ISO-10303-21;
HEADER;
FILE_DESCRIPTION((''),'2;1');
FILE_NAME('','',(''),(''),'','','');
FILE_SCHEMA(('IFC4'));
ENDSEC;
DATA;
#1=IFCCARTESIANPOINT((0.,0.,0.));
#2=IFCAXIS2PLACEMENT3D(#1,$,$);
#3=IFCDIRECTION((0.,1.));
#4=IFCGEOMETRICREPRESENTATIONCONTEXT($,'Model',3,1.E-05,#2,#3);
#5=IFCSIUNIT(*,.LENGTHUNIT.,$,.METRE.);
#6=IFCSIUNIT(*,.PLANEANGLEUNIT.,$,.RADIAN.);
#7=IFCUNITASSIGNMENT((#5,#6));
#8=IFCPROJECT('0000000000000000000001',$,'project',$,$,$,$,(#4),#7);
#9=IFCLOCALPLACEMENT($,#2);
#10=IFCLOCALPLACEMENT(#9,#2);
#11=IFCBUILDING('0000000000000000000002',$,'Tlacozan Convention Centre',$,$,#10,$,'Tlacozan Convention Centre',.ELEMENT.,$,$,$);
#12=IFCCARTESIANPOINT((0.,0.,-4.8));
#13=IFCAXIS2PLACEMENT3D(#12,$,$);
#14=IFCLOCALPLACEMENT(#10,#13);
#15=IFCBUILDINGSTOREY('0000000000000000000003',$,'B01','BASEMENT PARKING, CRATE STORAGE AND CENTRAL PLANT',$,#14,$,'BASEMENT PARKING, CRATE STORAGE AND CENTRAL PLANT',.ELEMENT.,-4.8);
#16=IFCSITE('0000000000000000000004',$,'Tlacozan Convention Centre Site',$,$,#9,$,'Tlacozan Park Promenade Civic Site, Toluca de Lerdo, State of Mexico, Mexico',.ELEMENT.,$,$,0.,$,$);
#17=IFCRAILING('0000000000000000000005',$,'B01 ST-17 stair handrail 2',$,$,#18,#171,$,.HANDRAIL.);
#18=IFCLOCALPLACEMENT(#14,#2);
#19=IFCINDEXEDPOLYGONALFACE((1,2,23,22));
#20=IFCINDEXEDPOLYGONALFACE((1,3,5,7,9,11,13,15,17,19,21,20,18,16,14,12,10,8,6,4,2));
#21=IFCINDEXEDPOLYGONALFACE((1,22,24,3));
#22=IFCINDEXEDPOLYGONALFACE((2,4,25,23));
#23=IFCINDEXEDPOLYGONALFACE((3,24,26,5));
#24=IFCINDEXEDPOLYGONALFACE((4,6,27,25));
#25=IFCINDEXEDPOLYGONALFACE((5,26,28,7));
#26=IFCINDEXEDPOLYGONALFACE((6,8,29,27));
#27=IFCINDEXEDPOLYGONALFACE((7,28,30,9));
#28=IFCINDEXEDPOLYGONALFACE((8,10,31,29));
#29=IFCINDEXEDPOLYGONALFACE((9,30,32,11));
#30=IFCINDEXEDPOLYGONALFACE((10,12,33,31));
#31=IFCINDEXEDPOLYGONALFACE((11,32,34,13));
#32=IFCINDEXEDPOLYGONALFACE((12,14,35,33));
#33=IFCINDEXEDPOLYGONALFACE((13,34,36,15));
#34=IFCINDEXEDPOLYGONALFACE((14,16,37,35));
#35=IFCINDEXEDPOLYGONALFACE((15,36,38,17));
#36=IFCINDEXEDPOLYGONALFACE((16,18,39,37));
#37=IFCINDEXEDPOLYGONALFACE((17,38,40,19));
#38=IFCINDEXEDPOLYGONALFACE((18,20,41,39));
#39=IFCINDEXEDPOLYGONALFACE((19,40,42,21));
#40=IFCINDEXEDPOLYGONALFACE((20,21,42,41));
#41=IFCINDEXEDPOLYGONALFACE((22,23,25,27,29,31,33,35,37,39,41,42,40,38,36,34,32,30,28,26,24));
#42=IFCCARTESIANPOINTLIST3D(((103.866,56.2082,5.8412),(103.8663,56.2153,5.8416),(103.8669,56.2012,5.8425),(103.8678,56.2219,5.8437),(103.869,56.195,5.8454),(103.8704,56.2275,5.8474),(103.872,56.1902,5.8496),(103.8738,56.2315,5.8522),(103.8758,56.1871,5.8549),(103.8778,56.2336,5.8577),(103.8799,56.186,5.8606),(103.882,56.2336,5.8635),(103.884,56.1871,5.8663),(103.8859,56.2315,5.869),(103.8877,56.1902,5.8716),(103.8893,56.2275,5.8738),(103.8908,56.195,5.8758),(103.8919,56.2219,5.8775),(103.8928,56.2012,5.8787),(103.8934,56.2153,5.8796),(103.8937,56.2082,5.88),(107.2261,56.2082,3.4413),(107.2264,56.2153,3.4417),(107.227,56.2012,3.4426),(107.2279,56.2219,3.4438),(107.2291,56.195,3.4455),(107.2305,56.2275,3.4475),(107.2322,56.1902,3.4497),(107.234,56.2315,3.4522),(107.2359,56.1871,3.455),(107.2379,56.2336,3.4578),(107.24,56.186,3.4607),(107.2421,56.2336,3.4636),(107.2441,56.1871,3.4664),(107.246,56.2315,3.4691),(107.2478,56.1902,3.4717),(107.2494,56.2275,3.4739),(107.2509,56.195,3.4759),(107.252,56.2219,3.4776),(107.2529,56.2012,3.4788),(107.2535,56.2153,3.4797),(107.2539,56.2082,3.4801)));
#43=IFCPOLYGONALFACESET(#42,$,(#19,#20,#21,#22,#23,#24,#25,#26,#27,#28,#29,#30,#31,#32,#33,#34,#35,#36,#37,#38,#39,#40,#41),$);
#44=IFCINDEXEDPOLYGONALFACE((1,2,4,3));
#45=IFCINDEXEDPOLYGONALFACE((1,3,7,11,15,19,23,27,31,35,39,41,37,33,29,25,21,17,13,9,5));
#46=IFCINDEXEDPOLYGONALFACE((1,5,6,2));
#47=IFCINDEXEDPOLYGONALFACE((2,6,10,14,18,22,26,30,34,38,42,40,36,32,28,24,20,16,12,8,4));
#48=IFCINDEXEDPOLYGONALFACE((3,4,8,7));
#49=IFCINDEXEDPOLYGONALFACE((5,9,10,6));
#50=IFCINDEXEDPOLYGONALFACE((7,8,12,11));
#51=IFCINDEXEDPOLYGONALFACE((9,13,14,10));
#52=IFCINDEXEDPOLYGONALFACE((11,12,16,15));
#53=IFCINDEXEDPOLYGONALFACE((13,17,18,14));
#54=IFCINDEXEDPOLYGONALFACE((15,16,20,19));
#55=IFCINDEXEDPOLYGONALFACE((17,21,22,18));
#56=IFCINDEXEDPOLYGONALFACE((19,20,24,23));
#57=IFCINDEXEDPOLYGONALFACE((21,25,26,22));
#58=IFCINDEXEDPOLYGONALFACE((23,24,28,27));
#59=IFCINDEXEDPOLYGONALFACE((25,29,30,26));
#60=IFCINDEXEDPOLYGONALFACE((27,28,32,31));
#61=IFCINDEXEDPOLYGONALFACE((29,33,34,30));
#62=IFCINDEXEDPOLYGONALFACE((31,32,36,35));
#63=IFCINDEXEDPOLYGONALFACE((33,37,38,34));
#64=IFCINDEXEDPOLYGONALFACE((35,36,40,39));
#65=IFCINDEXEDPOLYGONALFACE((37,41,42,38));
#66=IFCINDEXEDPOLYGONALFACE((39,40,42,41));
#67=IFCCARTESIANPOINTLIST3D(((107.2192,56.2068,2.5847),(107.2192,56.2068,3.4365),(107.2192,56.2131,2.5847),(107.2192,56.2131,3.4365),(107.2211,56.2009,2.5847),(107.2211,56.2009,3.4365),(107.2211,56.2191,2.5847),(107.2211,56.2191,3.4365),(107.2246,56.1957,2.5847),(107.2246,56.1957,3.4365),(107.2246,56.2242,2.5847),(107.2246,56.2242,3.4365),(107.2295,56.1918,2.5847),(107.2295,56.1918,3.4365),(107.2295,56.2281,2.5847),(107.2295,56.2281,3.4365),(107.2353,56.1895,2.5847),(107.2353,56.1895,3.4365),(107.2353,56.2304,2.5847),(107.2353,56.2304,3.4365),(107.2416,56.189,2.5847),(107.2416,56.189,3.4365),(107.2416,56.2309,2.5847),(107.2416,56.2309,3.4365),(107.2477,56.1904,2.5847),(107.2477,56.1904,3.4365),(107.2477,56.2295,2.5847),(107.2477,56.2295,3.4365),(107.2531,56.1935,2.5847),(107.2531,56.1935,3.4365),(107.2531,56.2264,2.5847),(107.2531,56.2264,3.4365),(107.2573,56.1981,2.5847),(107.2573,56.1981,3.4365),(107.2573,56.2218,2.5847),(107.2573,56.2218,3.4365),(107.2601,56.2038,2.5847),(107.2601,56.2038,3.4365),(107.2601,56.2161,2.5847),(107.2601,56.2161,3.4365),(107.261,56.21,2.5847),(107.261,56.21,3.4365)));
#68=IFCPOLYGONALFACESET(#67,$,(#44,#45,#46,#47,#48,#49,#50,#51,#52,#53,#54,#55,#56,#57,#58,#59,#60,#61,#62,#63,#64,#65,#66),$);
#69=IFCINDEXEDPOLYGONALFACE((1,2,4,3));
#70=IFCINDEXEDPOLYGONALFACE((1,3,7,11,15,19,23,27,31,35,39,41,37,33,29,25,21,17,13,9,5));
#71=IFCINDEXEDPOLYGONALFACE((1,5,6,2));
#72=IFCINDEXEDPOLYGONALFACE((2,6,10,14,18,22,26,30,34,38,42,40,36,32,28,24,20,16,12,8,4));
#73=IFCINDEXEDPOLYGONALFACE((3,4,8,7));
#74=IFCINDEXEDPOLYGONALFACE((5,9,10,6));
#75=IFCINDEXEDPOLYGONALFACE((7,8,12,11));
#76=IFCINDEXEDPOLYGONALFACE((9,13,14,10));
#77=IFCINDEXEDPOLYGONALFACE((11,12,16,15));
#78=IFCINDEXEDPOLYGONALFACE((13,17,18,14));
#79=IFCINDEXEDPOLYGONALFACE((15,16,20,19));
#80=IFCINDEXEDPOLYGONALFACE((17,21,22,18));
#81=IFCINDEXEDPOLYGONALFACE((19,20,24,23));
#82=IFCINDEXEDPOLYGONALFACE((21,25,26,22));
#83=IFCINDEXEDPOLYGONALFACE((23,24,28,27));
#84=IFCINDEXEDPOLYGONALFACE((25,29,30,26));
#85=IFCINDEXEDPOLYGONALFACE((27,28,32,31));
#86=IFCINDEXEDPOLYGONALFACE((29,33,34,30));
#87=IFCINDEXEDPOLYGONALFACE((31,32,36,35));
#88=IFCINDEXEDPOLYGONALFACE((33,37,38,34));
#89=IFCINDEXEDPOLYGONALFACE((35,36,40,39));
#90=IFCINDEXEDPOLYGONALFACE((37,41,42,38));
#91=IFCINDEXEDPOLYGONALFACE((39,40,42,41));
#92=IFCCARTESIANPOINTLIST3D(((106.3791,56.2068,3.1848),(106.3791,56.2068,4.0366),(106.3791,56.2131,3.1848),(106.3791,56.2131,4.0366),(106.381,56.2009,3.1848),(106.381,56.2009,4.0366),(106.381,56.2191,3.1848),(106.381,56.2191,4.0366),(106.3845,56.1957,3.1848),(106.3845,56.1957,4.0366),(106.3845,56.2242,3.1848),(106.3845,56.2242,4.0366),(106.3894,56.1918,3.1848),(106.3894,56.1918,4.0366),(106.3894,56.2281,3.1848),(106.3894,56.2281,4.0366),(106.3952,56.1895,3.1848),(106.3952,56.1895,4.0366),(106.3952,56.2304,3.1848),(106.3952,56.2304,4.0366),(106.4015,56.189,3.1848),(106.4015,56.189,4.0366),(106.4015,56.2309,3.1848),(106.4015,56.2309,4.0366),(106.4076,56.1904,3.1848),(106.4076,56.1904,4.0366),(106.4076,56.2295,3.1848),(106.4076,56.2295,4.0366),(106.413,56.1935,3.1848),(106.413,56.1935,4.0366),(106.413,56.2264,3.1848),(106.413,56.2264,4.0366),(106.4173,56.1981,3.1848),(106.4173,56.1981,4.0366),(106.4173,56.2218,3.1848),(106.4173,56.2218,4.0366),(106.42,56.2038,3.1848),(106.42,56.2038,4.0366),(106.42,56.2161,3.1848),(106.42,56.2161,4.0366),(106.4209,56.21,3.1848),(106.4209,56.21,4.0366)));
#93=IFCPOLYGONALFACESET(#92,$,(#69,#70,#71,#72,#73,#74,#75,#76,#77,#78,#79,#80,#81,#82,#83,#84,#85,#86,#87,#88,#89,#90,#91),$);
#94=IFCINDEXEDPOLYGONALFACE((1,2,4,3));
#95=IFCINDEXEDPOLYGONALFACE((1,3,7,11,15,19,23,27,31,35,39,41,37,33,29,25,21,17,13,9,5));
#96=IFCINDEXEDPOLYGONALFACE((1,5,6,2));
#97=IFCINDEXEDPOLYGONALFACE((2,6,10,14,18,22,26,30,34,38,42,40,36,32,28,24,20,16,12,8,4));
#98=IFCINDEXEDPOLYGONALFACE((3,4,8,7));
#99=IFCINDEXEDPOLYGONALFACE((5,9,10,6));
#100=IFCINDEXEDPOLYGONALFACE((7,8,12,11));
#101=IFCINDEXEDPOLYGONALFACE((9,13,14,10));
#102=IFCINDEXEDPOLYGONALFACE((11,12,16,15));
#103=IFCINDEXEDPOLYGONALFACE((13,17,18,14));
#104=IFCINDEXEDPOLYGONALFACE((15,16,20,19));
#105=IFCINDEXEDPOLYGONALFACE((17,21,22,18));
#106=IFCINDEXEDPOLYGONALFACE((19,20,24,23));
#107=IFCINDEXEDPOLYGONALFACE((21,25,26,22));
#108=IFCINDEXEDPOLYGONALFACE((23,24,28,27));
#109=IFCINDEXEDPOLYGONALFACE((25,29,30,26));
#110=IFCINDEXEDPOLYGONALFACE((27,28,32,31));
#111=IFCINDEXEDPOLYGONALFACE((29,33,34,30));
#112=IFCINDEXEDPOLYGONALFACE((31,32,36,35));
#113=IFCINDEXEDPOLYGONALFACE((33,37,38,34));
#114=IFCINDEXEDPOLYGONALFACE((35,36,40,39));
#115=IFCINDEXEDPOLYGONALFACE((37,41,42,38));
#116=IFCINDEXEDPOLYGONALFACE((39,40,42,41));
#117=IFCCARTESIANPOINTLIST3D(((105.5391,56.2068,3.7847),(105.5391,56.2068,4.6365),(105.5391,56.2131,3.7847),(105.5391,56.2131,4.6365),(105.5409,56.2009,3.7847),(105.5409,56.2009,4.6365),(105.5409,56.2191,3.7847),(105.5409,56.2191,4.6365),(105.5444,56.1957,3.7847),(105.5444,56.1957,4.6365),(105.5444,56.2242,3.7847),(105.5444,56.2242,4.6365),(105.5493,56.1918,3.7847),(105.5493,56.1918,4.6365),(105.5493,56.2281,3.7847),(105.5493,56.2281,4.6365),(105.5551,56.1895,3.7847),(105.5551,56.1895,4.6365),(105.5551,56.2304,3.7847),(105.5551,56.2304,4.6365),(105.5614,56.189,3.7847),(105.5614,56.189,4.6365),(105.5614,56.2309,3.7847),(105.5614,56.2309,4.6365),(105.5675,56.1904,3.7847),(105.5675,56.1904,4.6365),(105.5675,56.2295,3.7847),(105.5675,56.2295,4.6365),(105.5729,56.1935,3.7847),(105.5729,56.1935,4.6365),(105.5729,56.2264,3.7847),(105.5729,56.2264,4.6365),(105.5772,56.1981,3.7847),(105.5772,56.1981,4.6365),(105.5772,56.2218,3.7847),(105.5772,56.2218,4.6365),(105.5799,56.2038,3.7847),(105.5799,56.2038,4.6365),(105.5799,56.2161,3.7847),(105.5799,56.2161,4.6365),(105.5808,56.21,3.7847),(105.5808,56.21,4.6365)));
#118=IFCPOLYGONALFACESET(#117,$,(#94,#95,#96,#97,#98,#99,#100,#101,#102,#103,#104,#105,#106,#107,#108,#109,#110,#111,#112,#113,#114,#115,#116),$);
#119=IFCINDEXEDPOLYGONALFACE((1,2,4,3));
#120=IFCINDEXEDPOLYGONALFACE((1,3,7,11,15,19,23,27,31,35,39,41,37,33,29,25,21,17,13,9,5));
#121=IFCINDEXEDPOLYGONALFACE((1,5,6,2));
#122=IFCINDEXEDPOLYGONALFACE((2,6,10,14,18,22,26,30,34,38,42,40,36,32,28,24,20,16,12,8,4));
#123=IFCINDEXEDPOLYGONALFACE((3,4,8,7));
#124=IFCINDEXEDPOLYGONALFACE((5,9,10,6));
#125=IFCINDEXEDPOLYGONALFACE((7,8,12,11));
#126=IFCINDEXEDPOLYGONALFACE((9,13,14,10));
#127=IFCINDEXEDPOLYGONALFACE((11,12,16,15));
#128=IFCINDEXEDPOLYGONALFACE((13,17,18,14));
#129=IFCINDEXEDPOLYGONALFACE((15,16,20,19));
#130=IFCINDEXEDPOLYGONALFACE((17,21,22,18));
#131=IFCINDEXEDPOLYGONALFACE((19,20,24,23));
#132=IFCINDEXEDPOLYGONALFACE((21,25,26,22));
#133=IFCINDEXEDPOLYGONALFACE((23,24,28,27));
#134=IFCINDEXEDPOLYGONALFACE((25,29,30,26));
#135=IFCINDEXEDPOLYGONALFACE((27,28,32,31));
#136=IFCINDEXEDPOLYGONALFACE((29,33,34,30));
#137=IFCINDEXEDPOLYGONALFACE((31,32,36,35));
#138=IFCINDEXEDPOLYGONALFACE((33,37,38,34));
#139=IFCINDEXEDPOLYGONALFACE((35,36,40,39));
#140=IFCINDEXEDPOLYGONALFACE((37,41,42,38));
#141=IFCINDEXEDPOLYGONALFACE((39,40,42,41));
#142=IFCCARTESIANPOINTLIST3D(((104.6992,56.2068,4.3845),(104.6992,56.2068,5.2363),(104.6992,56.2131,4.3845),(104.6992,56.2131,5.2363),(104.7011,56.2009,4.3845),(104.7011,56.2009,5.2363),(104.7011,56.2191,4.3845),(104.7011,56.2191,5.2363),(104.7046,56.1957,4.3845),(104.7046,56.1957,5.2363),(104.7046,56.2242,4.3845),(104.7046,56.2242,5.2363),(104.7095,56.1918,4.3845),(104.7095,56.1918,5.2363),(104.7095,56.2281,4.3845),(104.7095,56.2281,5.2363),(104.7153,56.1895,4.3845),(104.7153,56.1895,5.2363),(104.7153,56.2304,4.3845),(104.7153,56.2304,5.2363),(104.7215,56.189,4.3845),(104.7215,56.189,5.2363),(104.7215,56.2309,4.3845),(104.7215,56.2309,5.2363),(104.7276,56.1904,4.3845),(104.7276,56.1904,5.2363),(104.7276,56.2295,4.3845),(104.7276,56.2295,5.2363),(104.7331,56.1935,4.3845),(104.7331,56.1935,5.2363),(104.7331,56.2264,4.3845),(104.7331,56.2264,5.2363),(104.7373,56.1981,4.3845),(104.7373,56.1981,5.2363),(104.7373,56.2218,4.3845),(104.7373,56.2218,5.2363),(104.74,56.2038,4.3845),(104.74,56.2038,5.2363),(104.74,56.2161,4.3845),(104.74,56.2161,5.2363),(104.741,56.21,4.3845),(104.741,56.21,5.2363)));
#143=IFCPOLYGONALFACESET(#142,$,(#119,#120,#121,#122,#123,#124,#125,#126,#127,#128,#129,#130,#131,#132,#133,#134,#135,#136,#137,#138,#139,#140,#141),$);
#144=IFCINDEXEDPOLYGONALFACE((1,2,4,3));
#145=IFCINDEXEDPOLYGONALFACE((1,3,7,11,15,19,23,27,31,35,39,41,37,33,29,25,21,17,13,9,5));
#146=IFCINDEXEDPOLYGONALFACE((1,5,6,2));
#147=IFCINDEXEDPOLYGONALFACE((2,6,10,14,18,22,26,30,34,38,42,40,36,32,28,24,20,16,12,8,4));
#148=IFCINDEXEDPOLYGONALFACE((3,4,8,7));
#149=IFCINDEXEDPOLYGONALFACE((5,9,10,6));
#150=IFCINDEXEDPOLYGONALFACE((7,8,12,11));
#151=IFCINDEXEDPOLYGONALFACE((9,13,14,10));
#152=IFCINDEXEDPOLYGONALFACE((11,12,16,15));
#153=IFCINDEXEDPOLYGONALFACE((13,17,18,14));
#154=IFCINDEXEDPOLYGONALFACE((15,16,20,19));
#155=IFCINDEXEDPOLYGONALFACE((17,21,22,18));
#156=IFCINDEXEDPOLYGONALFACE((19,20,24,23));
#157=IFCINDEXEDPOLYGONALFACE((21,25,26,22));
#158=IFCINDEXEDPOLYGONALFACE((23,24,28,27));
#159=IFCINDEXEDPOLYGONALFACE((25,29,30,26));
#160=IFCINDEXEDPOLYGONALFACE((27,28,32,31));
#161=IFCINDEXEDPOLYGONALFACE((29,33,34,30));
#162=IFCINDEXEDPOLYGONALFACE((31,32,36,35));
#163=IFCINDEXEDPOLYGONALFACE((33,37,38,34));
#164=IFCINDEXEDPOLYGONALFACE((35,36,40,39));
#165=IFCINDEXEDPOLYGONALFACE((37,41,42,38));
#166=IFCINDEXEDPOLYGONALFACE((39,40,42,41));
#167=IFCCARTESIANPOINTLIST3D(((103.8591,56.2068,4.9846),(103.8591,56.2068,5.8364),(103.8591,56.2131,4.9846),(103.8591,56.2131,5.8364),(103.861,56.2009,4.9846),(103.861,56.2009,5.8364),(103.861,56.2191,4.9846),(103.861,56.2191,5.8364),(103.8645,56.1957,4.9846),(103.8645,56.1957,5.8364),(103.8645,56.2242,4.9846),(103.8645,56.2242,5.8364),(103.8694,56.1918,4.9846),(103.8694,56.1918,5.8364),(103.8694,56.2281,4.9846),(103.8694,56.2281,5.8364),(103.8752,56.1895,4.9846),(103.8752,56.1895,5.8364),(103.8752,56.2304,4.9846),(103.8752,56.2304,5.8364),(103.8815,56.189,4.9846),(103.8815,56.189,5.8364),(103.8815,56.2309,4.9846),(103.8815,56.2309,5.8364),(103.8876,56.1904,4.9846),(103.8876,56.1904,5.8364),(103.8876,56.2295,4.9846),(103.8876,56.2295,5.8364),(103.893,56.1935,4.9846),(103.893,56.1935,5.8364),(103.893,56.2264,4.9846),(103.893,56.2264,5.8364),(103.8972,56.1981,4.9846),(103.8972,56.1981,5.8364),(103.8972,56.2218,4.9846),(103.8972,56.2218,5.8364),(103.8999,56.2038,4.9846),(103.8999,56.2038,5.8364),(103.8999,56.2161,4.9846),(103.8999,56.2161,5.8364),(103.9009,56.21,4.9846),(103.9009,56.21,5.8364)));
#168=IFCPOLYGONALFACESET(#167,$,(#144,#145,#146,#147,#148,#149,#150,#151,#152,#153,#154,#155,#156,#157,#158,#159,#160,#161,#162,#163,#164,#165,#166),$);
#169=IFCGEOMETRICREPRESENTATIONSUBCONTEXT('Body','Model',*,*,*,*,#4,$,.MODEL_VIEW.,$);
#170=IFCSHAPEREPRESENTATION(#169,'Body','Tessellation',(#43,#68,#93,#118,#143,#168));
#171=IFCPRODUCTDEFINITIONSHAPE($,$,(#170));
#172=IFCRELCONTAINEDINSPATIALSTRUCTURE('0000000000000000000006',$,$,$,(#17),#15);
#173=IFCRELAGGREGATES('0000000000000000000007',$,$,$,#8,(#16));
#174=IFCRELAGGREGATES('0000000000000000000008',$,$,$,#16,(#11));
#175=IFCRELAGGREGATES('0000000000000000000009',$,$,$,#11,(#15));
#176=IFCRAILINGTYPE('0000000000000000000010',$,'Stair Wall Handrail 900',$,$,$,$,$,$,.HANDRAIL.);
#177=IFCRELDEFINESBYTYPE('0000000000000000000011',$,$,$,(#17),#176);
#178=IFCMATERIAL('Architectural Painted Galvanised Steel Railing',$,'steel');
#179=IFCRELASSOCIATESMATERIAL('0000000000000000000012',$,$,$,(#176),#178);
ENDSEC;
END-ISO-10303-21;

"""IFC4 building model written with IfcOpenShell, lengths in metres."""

from ifc_helpers import new_model, si_unit, direction, frame, origin, origin_2d, place, context, subcontext, project, spatial, circle, extrude, material, type_object, element, save


model = new_model("IFC4")

# Units and contexts
model_context = context("Model", 3, precision=1e-05, world=origin(), true_north=direction((0.0, 1.0)))
body_context = subcontext(model_context, "Body", "Model", "MODEL_VIEW")
ifc_project = project(units=[si_unit("LENGTHUNIT", "METRE"), si_unit("PLANEANGLEUNIT", "RADIAN")], contexts=[model_context])

# Site, building, storey
site_placement = place(None, origin())
site = spatial("IfcSite", under=ifc_project, at=site_placement, Name="Tlacozan Convention Centre Site", LongName="Tlacozan Park Promenade Civic Site, Toluca de Lerdo, State of Mexico, Mexico", CompositionType="ELEMENT", RefElevation=0.0)
building_placement = place(site_placement, origin())
building = spatial("IfcBuilding", under=site, at=building_placement, Name="Tlacozan Convention Centre", LongName="Tlacozan Convention Centre", CompositionType="ELEMENT")
storey_placement = place(building_placement, frame((0.0, 0.0, -4.8)))
storey = spatial("IfcBuildingStorey", under=building, at=storey_placement, Name="B01", Description="BASEMENT PARKING, CRATE STORAGE AND CENTRAL PLANT", LongName="BASEMENT PARKING, CRATE STORAGE AND CENTRAL PLANT", CompositionType="ELEMENT", Elevation=-4.8)

# Railing
ifc_material_1 = material(Name="Architectural Painted Galvanised Steel Railing", Category="steel")
railing_type_1 = type_object("IfcRailingType", Name="Stair Wall Handrail 900", PredefinedType="HANDRAIL", material=ifc_material_1)
for number, where, name in (
    (1, (107.24, 56.21, 2.5847), "B01 ST-17 stair handrail 2"),
):
    element("IfcRailing", number, at=place(storey_placement, frame(where)), inside=storey, type_object=railing_type_1, Name=name, PredefinedType="HANDRAIL", context=body_context, shape_type="SweptSolid", body=[
        extrude(circle(Radius=0.0239, at=origin_2d()), frame((0.0, 0.0, 0.876), z_axis=(-0.813753, 0.0, 0.58121), x_axis=(0.0, -1.0, 0.0)), (0.0, 0.0, 1.0), 4.1292),
        extrude(circle(Radius=0.021, at=origin_2d()), origin(), (0.0, 0.0, 1.0), 0.8518),
        extrude(circle(Radius=0.021, at=origin_2d()), frame((-0.8401, 0.0, 0.6001)), (0.0, 0.0, 1.0), 0.8518),
        extrude(circle(Radius=0.021, at=origin_2d()), frame((-1.6802, 0.0, 1.2)), (0.0, 0.0, 1.0), 0.8518),
        extrude(circle(Radius=0.021, at=origin_2d()), frame((-2.52, 0.0, 1.7998)), (0.0, 0.0, 1.0), 0.8518),
        extrude(circle(Radius=0.021, at=origin_2d()), frame((-3.3601, 0.0, 2.3999)), (0.0, 0.0, 1.0), 0.8518),
    ])

save(model, "model.ifc")
